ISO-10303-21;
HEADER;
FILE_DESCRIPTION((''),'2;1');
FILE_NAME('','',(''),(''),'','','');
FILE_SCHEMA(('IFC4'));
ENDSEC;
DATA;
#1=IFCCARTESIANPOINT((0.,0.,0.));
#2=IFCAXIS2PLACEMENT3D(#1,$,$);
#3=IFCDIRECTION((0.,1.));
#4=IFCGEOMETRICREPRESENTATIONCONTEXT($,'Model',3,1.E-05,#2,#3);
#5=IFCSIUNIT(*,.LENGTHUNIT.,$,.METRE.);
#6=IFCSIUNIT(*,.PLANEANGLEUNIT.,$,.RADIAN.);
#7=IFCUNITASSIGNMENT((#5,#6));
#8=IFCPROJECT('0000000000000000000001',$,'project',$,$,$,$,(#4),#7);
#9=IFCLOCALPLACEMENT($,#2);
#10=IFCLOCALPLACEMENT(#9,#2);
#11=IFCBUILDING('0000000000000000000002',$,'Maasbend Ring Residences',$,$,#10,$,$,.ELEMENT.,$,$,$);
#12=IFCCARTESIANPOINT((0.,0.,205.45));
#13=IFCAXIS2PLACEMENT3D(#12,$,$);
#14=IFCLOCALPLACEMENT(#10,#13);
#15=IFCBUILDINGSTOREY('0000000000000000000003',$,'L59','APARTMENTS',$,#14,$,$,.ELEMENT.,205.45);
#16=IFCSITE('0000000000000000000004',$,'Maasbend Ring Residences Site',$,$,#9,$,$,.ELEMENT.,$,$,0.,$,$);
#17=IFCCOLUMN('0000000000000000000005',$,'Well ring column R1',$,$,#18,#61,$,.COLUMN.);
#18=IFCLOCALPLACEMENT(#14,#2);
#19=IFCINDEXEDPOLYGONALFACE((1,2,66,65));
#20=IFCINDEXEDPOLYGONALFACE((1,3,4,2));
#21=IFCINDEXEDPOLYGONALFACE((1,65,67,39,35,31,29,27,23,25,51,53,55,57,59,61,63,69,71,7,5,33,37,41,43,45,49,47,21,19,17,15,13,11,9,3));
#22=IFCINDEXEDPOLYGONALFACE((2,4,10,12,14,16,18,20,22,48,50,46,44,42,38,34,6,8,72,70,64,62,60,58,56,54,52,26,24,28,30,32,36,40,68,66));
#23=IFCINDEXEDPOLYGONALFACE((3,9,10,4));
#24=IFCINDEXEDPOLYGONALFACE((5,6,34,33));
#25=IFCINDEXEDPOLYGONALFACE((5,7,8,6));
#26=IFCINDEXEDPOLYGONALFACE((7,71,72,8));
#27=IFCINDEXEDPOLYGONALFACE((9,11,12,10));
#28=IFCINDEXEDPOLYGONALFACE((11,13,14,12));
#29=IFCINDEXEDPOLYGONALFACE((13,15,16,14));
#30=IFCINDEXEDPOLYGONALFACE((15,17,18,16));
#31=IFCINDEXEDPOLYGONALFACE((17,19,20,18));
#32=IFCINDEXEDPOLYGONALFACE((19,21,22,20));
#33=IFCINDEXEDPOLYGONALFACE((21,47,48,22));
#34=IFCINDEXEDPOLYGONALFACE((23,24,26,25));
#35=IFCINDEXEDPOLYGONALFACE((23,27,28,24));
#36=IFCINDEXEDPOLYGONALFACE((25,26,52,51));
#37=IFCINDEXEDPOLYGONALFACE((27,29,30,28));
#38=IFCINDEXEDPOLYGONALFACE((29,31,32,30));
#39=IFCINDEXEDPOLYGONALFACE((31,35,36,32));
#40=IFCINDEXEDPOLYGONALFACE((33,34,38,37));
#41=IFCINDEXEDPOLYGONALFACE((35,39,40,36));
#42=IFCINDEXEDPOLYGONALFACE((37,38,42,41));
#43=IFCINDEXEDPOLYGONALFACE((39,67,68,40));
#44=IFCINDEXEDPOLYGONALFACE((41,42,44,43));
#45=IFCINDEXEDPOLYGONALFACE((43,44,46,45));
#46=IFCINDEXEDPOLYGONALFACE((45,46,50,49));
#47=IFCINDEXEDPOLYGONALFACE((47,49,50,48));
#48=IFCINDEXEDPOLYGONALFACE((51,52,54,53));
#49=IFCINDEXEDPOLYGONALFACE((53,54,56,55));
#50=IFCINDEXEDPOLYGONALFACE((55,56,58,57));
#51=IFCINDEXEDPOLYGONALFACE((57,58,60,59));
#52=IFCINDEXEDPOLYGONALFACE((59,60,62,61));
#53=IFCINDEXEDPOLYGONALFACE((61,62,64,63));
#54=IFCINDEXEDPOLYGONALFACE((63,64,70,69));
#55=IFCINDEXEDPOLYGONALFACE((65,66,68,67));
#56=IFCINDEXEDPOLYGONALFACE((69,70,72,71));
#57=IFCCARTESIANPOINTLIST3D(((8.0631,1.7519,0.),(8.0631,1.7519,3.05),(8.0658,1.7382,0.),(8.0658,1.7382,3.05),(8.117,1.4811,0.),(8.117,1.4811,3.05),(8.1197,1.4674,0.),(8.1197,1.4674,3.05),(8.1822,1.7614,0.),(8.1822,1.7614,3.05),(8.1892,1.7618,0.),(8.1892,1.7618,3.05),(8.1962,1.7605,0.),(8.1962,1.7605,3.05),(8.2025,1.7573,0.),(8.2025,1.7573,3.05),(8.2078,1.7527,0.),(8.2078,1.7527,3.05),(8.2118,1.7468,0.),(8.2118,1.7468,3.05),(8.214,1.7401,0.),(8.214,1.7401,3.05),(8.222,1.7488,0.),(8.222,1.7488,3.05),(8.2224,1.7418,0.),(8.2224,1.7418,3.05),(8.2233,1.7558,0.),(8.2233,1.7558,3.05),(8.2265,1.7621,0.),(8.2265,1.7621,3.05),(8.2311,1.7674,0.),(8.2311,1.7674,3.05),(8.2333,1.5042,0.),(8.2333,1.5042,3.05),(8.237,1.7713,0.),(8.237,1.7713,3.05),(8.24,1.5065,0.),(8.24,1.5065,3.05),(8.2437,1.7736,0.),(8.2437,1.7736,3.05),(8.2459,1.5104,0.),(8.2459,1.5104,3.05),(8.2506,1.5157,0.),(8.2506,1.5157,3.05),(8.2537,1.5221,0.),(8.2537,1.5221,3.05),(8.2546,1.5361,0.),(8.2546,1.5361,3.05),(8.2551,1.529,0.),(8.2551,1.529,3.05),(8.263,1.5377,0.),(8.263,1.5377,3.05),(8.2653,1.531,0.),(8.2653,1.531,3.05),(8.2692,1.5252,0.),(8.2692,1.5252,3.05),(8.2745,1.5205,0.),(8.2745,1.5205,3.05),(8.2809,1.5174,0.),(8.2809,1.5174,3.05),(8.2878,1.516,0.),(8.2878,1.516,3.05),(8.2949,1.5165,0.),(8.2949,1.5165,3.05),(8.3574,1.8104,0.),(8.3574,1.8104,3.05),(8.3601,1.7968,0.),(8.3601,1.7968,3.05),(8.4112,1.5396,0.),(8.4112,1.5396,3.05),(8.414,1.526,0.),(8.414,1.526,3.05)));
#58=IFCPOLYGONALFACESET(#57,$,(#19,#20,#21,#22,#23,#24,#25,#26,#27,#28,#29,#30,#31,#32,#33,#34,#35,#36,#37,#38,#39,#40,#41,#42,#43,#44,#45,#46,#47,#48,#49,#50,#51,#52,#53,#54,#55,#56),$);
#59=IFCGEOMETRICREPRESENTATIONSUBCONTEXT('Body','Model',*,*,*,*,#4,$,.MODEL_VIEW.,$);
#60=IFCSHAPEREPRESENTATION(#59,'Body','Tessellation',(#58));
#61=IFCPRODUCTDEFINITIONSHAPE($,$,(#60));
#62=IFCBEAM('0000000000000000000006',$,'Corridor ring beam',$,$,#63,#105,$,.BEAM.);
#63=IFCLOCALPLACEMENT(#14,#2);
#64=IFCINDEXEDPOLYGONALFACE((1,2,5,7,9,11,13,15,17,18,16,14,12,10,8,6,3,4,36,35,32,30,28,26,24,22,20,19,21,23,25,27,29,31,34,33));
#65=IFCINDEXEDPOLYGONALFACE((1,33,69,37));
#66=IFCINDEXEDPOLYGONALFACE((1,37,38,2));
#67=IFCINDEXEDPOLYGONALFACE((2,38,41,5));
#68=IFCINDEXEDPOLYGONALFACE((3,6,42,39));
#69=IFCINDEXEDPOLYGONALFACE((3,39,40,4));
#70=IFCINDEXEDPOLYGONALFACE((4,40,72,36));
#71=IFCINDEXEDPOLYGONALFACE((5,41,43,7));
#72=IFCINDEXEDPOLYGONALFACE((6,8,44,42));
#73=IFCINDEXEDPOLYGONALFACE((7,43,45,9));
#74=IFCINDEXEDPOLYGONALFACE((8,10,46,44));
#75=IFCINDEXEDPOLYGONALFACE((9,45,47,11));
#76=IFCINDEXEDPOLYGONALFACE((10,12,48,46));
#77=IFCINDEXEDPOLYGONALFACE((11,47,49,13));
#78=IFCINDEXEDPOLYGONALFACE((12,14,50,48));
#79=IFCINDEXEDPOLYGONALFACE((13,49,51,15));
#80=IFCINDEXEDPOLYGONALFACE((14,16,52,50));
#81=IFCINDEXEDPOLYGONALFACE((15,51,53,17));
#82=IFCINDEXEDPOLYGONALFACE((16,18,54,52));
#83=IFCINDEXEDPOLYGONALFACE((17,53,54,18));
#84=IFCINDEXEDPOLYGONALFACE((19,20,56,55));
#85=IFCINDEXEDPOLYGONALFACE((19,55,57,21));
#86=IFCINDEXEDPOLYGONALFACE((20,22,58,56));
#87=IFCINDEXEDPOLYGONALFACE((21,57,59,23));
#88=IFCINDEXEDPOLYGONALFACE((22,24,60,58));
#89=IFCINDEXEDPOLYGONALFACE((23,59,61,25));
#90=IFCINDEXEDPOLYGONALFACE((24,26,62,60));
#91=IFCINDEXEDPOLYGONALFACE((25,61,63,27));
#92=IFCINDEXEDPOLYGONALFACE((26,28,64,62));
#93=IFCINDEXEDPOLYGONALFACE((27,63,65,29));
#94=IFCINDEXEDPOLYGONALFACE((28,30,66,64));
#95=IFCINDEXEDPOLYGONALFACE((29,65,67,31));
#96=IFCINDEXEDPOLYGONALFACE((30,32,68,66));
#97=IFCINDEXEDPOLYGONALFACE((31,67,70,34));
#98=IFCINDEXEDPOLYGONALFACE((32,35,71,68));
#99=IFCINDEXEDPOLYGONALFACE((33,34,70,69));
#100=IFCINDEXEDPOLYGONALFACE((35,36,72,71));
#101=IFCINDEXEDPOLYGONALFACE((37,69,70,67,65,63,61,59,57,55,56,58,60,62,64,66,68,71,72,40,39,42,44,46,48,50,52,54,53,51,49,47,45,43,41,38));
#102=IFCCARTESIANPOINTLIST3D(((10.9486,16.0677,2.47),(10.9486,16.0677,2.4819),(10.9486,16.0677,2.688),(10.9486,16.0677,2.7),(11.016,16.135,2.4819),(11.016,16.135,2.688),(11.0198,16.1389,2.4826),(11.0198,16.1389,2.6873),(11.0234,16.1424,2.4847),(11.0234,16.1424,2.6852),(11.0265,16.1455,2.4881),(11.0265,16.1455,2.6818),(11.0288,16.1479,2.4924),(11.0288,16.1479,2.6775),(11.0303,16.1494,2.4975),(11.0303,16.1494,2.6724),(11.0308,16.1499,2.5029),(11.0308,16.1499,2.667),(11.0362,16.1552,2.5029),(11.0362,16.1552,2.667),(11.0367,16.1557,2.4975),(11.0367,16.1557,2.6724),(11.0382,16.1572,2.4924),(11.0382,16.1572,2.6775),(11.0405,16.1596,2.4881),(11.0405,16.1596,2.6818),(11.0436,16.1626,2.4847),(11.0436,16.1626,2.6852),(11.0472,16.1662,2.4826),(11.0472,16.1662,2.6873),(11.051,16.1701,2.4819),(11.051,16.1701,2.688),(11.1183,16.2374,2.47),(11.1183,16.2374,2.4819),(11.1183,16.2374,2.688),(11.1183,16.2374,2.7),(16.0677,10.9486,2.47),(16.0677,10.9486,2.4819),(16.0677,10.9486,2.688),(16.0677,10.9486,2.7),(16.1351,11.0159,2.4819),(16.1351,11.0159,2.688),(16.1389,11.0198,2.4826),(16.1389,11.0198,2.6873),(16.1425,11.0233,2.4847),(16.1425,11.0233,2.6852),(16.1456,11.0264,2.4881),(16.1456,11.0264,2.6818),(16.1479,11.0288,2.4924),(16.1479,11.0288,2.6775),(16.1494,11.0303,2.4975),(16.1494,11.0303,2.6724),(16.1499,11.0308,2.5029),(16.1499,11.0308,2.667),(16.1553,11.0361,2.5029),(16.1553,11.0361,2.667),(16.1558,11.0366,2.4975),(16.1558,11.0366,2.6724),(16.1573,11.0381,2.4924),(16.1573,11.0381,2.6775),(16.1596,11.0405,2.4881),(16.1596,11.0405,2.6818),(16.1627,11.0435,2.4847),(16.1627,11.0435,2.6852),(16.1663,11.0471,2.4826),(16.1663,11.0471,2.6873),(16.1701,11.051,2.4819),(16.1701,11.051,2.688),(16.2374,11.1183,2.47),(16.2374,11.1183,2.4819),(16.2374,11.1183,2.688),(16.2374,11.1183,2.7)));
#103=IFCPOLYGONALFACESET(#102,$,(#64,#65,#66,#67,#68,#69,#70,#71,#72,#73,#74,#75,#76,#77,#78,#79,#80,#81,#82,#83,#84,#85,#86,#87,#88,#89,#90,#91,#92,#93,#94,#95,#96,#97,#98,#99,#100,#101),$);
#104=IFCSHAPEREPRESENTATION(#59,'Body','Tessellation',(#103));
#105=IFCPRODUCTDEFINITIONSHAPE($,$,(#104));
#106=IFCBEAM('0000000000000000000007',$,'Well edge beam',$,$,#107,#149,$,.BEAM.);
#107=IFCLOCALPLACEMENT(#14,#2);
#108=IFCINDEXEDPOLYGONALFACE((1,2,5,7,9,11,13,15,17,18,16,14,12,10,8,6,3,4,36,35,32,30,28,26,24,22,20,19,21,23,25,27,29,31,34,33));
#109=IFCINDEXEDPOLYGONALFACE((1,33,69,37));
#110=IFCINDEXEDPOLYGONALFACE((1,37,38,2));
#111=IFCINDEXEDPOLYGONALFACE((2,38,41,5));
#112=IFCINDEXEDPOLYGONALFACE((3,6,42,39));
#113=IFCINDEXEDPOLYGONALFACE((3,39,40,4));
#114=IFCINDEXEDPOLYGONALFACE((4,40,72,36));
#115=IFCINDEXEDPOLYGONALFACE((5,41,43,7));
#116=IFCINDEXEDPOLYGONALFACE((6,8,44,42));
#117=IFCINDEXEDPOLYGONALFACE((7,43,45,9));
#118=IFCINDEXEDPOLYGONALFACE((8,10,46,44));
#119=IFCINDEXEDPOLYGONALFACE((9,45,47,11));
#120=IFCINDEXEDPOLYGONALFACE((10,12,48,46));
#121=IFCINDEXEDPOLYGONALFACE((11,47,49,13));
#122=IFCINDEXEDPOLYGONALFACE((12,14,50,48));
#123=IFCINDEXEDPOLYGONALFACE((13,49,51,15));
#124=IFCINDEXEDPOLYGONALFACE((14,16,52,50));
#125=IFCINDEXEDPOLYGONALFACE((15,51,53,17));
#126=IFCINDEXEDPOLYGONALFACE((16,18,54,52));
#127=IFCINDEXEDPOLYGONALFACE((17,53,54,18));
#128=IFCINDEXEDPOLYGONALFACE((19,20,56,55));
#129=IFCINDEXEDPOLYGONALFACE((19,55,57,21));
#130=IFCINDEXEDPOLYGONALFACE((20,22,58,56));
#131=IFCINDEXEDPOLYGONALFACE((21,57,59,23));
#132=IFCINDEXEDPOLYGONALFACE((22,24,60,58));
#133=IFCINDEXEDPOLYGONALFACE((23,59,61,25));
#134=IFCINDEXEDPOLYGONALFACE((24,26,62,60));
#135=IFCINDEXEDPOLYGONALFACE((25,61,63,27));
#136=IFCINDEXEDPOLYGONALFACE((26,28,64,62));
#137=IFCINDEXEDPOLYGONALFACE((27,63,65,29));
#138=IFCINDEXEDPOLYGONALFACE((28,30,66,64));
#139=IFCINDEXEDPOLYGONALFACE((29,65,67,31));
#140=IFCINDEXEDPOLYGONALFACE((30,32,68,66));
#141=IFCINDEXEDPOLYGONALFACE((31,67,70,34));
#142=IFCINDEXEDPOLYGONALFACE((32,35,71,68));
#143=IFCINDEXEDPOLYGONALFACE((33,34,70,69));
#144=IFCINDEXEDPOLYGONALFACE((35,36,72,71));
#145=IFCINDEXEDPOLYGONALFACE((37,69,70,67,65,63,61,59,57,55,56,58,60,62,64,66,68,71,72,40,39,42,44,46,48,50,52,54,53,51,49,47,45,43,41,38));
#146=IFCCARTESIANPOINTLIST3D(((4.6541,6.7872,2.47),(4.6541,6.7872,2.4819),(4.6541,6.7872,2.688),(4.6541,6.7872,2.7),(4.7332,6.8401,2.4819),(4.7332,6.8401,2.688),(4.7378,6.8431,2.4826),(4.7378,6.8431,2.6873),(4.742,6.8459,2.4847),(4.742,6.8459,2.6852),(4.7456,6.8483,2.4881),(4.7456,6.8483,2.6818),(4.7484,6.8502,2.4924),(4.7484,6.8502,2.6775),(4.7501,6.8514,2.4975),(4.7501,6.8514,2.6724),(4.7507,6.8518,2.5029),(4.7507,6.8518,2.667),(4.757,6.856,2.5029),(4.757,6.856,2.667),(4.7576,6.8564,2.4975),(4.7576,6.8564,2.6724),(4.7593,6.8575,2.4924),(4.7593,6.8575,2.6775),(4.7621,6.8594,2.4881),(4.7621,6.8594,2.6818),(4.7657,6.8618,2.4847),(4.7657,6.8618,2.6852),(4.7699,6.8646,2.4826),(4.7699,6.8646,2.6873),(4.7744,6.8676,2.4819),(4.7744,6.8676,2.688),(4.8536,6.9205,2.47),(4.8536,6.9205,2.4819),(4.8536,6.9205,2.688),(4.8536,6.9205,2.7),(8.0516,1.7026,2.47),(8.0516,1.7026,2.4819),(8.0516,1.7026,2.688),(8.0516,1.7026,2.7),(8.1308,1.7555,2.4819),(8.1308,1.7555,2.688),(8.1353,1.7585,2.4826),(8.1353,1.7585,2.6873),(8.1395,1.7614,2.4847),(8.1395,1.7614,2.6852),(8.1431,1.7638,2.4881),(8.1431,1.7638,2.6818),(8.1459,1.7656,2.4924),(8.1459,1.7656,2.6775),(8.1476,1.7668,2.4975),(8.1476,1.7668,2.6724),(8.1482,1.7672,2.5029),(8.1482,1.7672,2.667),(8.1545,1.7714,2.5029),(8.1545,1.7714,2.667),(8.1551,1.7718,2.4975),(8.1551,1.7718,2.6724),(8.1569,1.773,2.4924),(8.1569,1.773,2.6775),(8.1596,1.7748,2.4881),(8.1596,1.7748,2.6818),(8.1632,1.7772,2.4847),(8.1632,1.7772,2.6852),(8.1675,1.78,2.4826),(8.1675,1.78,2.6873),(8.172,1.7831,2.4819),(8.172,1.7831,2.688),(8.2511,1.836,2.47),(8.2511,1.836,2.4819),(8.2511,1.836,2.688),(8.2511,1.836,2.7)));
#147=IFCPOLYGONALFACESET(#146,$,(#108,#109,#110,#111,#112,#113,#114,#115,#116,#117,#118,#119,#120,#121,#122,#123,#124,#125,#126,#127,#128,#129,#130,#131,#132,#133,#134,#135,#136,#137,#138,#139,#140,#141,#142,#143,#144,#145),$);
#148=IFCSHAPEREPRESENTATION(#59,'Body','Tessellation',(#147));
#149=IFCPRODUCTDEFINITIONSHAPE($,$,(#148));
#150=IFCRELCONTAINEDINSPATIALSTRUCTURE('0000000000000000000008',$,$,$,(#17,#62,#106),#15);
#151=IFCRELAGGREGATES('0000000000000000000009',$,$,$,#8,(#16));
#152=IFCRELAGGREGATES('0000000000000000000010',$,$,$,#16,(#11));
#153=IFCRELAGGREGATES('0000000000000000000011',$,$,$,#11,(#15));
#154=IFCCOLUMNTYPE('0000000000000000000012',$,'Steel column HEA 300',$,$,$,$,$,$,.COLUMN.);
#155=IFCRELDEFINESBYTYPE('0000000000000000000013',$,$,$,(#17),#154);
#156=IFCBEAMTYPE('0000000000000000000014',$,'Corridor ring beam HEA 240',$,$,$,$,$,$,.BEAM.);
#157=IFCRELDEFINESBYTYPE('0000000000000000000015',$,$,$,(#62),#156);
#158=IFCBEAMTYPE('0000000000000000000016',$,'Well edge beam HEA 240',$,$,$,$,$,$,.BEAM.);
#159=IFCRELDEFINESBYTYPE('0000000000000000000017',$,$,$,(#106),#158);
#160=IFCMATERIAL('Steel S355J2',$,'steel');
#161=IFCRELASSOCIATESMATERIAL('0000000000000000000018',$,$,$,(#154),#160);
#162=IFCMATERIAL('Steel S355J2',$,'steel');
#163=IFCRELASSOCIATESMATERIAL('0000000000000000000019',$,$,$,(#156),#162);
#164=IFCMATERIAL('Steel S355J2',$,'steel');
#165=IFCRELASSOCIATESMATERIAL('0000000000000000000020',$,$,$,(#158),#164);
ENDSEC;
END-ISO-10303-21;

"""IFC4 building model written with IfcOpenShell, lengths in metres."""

from ifc_helpers import new_model, si_unit, direction, frame, origin, origin_2d, place, context, subcontext, project, spatial, i_section, extrude, material, material_profile, profile_set, type_object, element, save


model = new_model("IFC4")

# Units and contexts
model_context = context("Model", 3, precision=1e-05, world=origin(), true_north=direction((0.0, 1.0)))
body_context = subcontext(model_context, "Body", "Model", "MODEL_VIEW")
ifc_project = project(units=[si_unit("LENGTHUNIT", "METRE"), si_unit("PLANEANGLEUNIT", "RADIAN")], contexts=[model_context])

# Site, building, storey
site_placement = place(None, origin())
site = spatial("IfcSite", under=ifc_project, at=site_placement, Name="Maasbend Ring Residences Site", CompositionType="ELEMENT", RefElevation=0.0)
building_placement = place(site_placement, origin())
building = spatial("IfcBuilding", under=site, at=building_placement, Name="Maasbend Ring Residences", CompositionType="ELEMENT")
storey_placement = place(building_placement, frame((0.0, 0.0, 205.45)))
storey = spatial("IfcBuildingStorey", under=building, at=storey_placement, Name="L59", Description="APARTMENTS", CompositionType="ELEMENT", Elevation=205.45)

# Column
ifc_material_1 = material(Name="Steel S355J2", Category="steel")
ifc_material_profile_1 = material_profile(ifc_material_1, i_section(OverallWidth=0.3, OverallDepth=0.29, WebThickness=0.0085, FlangeThickness=0.0139, FilletRadius=0.0271, at=origin_2d()), Name="HEA 300")
ifc_profile_set_1 = profile_set([ifc_material_profile_1], Name="Steel S355J2")
column_type = type_object("IfcColumnType", Name="Steel column HEA 300", PredefinedType="COLUMN", material=ifc_profile_set_1)
column_placement = place(storey_placement, frame((8.2385, 1.6389, 0.0), z_axis=(0.0, 0.0, 1.0), x_axis=(0.980785, 0.19509, 0.0)))
element("IfcColumn", 1, at=column_placement, inside=storey, type_object=column_type, Name="Well ring column R1", PredefinedType="COLUMN", context=body_context, shape_type="SweptSolid", body=[
    extrude(i_section(OverallWidth=0.3, OverallDepth=0.29, WebThickness=0.0085, FlangeThickness=0.0139, FilletRadius=0.0271, at=origin_2d()), origin(), (0.0, 0.0, 1.0), 3.05),
])

# Beams
ifc_material_2 = material(Name="Steel S355J2", Category="steel")
ifc_material_profile_2 = material_profile(ifc_material_2, i_section(OverallWidth=0.24, OverallDepth=0.23, WebThickness=0.0076, FlangeThickness=0.012, FilletRadius=0.021, at=origin_2d()), Name="HEA 240")
ifc_profile_set_2 = profile_set([ifc_material_profile_2], Name="Steel S355J2")
beam_type_1 = type_object("IfcBeamType", Name="Corridor ring beam HEA 240", PredefinedType="BEAM", material=ifc_profile_set_2)
beam_1_placement = place(storey_placement, frame((16.1526, 11.0334, 2.585), z_axis=(-0.707107, 0.707107, 0.0), x_axis=(-0.707107, -0.707107, 0.0)))
element("IfcBeam", 2, at=beam_1_placement, inside=storey, type_object=beam_type_1, Name="Corridor ring beam", PredefinedType="BEAM", context=body_context, shape_type="SweptSolid", body=[
    extrude(i_section(OverallWidth=0.24, OverallDepth=0.23, WebThickness=0.0076, FlangeThickness=0.012, FilletRadius=0.021, at=origin_2d()), origin(), (0.0, 0.0, 1.0), 7.2395),
])
ifc_material_3 = material(Name="Steel S355J2", Category="steel")
ifc_material_profile_3 = material_profile(ifc_material_3, i_section(OverallWidth=0.24, OverallDepth=0.23, WebThickness=0.0076, FlangeThickness=0.012, FilletRadius=0.021, at=origin_2d()), Name="HEA 240")
ifc_profile_set_3 = profile_set([ifc_material_profile_3], Name="Steel S355J2")
beam_type_2 = type_object("IfcBeamType", Name="Well edge beam HEA 240", PredefinedType="BEAM", material=ifc_profile_set_3)
beam_2_placement = place(storey_placement, frame((8.1514, 1.7693, 2.585), z_axis=(-0.555584, 0.83146, 0.0), x_axis=(-0.83146, -0.555584, 0.0)))
element("IfcBeam", 3, at=beam_2_placement, inside=storey, type_object=beam_type_2, Name="Well edge beam", PredefinedType="BEAM", context=body_context, shape_type="SweptSolid", body=[
    extrude(i_section(OverallWidth=0.24, OverallDepth=0.23, WebThickness=0.0076, FlangeThickness=0.012, FilletRadius=0.021, at=origin_2d()), origin(), (0.0, 0.0, 1.0), 6.1152),
])

save(model, "model.ifc")
